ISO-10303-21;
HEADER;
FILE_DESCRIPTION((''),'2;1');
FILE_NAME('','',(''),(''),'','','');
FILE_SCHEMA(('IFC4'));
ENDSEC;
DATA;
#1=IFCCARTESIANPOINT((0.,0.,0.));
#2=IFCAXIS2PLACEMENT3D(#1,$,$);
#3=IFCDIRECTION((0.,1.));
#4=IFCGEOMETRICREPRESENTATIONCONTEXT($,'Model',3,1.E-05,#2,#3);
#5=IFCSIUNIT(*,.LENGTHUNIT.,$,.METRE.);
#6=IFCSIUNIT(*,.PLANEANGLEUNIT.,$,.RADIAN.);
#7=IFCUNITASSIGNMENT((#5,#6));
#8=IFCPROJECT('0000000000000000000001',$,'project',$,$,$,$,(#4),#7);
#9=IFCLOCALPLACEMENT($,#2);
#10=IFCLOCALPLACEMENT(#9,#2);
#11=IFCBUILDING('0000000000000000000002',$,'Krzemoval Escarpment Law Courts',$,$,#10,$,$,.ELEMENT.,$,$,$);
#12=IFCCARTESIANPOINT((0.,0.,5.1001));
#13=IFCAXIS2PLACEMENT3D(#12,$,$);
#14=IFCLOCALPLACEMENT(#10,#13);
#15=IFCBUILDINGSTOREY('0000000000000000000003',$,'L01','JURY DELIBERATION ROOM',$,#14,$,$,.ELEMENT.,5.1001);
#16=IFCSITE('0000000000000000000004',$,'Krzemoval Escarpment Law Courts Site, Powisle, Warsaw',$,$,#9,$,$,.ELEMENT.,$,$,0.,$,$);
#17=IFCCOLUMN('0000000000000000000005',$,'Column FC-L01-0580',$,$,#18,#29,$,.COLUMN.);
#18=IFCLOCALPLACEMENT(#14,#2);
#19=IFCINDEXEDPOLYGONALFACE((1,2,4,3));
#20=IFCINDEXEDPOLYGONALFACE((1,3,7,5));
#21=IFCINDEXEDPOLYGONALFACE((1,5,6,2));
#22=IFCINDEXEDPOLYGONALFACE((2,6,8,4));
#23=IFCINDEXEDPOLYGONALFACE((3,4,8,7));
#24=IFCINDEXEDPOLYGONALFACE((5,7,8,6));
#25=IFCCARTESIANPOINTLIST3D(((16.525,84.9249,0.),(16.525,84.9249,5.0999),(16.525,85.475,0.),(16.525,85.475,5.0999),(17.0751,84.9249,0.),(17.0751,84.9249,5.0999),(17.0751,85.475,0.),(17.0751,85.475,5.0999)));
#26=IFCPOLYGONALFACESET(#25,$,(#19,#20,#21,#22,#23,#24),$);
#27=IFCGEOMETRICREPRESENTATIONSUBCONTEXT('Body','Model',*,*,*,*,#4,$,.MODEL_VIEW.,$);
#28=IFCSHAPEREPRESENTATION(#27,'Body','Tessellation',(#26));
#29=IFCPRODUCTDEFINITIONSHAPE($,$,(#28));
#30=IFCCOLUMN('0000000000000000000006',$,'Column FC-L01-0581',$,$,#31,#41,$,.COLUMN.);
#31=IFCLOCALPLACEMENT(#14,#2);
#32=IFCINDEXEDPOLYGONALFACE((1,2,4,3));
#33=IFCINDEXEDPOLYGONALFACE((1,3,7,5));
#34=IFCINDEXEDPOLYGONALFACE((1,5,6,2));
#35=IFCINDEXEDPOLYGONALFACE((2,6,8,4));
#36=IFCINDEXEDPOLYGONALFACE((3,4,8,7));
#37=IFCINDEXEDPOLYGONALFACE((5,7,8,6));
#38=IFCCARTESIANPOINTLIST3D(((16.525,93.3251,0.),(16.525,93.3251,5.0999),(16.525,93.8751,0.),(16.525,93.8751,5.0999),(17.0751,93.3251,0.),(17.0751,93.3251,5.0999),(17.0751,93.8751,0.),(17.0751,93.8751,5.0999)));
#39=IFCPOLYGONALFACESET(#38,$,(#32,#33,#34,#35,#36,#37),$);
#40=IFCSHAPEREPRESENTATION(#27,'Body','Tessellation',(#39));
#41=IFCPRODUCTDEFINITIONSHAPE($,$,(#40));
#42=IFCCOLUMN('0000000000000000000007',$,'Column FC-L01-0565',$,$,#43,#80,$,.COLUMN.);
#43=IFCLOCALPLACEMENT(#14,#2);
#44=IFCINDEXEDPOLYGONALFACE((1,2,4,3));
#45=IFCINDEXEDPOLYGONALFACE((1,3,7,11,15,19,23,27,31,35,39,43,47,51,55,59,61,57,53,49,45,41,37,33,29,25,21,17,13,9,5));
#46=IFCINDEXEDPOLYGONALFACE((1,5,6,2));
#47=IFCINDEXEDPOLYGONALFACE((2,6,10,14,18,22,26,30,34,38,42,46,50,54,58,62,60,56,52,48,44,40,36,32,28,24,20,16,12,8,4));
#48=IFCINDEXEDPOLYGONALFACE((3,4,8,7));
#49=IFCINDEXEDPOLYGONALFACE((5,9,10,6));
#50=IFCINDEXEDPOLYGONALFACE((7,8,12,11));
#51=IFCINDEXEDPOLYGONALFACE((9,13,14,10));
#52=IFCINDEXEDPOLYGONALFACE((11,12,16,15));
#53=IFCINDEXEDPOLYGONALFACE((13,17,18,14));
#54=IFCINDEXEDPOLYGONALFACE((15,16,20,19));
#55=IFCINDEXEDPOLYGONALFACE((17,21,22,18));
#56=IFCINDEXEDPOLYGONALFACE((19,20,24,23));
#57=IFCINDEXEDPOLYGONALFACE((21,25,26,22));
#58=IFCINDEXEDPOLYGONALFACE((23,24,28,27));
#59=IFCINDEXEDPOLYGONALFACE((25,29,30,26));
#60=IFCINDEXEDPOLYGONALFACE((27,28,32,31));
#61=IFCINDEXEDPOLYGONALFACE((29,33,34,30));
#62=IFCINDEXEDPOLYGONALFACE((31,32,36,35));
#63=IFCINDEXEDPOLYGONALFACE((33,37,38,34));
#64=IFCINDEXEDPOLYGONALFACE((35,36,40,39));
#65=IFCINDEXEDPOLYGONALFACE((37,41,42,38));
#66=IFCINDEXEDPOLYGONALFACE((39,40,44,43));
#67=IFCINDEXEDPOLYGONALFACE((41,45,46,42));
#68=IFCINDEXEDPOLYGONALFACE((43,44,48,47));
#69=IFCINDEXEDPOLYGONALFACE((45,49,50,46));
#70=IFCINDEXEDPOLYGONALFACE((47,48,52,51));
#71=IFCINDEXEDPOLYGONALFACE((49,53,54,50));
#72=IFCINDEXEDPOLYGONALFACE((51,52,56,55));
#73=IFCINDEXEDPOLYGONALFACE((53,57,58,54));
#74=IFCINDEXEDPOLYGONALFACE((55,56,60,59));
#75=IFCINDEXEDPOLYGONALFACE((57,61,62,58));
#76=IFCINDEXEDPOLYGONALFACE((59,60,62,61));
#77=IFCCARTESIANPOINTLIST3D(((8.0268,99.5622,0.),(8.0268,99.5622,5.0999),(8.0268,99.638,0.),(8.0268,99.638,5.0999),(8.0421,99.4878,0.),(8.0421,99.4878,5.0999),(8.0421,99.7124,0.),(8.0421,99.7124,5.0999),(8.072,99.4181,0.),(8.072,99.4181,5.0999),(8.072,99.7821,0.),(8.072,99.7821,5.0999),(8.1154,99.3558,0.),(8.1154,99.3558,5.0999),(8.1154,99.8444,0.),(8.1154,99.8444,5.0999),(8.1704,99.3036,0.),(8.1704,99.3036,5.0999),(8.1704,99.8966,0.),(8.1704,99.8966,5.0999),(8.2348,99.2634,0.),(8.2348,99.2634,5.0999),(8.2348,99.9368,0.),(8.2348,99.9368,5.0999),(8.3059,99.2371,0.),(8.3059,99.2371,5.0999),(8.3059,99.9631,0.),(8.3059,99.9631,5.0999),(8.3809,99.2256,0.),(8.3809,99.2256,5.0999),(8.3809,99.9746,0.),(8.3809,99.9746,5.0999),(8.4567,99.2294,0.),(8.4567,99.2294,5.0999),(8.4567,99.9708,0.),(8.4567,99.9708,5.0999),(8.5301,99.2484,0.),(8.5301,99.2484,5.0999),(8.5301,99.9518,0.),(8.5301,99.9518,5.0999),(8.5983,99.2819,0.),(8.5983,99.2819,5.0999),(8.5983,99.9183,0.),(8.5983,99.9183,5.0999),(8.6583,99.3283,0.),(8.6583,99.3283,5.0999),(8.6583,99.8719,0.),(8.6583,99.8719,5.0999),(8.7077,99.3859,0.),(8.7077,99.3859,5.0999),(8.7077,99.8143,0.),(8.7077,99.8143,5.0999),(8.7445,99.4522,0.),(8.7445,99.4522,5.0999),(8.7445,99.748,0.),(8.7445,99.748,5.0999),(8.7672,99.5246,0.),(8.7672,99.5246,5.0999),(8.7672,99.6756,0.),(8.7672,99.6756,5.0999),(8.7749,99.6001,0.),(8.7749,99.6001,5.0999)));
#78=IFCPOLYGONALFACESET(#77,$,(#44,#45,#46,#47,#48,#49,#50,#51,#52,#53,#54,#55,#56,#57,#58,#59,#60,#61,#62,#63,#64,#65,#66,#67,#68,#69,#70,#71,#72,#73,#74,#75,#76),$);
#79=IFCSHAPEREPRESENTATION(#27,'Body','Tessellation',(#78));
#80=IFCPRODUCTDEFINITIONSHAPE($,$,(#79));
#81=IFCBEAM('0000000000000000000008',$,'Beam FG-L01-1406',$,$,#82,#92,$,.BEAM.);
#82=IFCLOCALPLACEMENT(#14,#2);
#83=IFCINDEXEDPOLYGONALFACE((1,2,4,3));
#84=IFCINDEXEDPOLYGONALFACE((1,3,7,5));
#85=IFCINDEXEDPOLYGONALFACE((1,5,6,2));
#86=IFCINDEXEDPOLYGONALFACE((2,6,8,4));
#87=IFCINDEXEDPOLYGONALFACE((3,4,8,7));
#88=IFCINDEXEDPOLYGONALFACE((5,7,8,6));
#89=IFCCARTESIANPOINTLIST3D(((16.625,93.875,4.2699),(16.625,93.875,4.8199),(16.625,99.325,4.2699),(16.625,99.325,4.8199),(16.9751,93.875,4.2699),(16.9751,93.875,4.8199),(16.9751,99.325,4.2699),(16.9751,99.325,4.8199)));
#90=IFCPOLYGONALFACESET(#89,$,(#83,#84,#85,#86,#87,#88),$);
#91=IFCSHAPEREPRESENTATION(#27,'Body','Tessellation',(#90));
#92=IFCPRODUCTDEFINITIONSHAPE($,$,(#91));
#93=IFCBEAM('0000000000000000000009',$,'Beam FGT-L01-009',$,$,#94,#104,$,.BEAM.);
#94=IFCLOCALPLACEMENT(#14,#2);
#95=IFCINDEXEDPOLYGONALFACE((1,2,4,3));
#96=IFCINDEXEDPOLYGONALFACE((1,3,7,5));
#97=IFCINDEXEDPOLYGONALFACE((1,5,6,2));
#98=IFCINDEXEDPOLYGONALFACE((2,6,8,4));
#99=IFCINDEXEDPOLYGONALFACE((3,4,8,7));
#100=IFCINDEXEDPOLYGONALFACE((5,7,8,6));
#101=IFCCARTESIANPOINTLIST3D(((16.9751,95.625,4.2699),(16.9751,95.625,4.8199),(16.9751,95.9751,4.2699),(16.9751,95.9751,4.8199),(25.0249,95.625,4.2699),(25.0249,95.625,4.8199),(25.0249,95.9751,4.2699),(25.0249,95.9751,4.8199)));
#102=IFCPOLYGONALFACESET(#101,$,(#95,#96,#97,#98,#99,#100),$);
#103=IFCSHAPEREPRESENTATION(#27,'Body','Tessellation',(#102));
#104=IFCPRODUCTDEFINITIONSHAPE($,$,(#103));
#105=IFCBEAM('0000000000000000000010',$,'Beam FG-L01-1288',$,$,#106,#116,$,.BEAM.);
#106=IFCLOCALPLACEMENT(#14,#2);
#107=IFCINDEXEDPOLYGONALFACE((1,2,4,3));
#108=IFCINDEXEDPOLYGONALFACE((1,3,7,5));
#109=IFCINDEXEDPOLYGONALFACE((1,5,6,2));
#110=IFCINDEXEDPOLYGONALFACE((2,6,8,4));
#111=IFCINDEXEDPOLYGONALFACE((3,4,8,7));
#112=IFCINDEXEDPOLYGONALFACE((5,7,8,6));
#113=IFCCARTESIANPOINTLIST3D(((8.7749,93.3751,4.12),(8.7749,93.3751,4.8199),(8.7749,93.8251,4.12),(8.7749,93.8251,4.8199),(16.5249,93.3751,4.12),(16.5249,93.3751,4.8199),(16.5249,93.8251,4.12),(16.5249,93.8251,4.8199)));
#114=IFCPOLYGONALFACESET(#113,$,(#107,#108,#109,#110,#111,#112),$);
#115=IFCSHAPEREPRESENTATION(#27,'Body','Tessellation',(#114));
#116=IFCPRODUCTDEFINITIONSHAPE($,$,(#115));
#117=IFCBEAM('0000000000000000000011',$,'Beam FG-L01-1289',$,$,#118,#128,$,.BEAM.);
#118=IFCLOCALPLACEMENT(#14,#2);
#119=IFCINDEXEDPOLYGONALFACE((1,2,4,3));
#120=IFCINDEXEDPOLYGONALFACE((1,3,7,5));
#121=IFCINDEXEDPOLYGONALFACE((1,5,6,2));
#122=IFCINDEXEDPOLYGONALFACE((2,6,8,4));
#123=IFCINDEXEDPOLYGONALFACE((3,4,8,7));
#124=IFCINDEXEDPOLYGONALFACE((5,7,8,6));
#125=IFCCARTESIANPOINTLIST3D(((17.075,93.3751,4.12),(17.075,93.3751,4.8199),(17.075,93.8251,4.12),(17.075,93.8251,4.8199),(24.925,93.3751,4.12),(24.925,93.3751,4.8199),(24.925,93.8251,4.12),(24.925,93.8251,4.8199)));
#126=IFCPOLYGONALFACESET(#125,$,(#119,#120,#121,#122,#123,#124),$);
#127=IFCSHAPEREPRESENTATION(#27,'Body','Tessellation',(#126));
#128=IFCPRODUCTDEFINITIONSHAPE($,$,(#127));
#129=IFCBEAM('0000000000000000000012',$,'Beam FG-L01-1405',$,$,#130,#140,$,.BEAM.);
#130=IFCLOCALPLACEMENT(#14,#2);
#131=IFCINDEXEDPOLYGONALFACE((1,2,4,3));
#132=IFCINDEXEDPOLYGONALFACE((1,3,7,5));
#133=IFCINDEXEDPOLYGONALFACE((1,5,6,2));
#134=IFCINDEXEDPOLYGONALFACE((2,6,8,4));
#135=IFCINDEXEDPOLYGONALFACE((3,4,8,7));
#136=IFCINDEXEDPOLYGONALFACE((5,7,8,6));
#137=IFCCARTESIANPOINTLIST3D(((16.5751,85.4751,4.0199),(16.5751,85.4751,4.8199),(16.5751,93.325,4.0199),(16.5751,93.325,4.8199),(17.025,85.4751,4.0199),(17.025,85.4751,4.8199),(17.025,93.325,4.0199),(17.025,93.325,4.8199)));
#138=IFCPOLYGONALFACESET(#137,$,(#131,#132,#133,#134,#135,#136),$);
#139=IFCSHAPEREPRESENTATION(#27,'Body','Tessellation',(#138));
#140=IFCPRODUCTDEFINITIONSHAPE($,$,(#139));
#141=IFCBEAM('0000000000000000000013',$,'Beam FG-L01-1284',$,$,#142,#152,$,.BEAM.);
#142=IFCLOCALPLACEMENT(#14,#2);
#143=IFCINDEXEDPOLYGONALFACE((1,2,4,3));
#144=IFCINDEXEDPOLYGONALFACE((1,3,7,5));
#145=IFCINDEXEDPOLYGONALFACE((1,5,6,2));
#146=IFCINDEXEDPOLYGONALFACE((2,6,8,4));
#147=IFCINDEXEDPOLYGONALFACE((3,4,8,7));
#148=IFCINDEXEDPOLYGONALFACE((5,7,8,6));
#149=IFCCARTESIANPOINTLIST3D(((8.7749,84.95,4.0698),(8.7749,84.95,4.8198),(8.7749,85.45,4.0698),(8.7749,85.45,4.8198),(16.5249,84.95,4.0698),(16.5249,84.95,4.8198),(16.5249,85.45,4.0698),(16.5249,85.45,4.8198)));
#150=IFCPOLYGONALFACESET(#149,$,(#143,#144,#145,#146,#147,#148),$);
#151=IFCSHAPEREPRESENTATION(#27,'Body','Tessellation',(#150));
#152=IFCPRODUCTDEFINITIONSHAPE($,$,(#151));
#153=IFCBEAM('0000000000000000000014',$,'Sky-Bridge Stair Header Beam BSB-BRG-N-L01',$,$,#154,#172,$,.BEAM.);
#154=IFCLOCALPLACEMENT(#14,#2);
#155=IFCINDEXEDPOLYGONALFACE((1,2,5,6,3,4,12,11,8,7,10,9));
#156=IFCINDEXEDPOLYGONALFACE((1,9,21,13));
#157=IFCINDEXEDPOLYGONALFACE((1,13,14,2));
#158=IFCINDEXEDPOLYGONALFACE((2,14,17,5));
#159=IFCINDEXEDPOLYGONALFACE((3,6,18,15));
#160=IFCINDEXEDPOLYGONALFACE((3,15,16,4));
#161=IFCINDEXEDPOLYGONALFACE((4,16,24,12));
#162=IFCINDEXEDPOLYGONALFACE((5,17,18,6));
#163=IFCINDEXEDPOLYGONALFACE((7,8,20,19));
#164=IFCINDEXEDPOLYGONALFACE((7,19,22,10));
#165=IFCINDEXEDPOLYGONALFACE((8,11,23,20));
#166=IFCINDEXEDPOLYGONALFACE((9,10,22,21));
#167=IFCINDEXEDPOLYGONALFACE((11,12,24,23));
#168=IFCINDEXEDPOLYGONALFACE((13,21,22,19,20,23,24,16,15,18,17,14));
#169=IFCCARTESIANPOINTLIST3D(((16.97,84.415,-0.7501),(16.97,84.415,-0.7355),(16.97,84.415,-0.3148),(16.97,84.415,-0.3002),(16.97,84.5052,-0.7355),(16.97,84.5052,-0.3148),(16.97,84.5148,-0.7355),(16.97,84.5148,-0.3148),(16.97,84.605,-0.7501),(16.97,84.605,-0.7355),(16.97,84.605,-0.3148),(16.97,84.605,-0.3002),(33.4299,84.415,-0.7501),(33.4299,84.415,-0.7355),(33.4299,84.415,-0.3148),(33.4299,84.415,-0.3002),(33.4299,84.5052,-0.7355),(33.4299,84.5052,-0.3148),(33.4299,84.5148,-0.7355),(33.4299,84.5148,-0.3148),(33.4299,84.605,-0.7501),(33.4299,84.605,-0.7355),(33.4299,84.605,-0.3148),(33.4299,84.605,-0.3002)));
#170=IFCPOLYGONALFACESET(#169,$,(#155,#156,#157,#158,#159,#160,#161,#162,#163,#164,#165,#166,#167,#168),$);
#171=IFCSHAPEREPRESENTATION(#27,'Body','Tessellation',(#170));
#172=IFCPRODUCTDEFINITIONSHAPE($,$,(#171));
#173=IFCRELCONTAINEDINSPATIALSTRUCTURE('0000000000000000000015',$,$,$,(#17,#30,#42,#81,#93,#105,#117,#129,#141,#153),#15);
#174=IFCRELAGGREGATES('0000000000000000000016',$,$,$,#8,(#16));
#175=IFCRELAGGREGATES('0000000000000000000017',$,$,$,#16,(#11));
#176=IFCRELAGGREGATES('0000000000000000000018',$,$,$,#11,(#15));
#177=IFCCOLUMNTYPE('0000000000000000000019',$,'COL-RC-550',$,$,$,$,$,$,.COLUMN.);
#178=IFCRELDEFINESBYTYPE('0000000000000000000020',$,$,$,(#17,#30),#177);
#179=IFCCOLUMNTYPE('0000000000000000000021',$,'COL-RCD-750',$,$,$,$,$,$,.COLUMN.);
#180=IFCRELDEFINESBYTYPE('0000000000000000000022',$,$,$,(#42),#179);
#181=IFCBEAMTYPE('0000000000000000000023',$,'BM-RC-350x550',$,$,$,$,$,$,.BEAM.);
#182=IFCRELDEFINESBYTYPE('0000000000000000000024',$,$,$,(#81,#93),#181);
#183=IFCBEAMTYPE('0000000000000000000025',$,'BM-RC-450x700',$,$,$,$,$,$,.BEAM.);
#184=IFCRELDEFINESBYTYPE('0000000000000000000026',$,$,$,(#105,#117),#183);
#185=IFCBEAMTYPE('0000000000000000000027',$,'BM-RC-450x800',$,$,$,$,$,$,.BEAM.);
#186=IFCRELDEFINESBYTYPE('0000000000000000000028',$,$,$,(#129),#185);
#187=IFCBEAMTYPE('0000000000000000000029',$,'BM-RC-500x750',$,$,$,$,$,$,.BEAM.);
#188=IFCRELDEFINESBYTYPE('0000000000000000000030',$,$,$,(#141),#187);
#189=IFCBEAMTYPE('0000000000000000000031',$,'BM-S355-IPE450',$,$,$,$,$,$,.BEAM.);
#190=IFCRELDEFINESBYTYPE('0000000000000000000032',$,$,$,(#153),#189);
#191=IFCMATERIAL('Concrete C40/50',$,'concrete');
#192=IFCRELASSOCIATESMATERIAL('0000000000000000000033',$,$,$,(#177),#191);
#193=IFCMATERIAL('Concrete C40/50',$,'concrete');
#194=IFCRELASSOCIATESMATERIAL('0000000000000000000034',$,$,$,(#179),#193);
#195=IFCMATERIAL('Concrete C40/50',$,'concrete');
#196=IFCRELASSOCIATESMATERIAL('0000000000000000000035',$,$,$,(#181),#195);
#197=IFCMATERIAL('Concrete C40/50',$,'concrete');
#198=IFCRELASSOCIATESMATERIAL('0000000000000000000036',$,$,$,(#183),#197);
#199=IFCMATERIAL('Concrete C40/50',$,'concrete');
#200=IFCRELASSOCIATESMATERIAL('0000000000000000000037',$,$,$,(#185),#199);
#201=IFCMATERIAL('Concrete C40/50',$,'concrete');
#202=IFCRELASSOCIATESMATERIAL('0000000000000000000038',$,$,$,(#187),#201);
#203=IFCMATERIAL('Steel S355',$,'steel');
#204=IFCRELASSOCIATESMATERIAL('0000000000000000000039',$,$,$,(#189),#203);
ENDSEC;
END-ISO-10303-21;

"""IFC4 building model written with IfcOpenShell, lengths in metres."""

from ifc_helpers import new_model, si_unit, direction, frame, origin, origin_2d, place, context, subcontext, project, spatial, rectangle, circle, i_section, extrude, material, material_profile, profile_set, type_object, element, save


model = new_model("IFC4")

# Units and contexts
model_context = context("Model", 3, precision=1e-05, world=origin(), true_north=direction((0.0, 1.0)))
body_context = subcontext(model_context, "Body", "Model", "MODEL_VIEW")
ifc_project = project(units=[si_unit("LENGTHUNIT", "METRE"), si_unit("PLANEANGLEUNIT", "RADIAN")], contexts=[model_context])

# Site, building, storey
site_placement = place(None, origin())
site = spatial("IfcSite", under=ifc_project, at=site_placement, Name="Krzemoval Escarpment Law Courts Site, Powisle, Warsaw", CompositionType="ELEMENT", RefElevation=0.0)
building_placement = place(site_placement, origin())
building = spatial("IfcBuilding", under=site, at=building_placement, Name="Krzemoval Escarpment Law Courts", CompositionType="ELEMENT")
storey_placement = place(building_placement, frame((0.0, 0.0, 5.1001)))
storey = spatial("IfcBuildingStorey", under=building, at=storey_placement, Name="L01", Description="JURY DELIBERATION ROOM", CompositionType="ELEMENT", Elevation=5.1001)

# Columns
ifc_material_1 = material(Name="Concrete C40/50", Category="concrete")
ifc_material_profile_1 = material_profile(ifc_material_1, rectangle(XDim=0.55, YDim=0.55, at=origin_2d()), Name="RC 550x550")
ifc_profile_set_1 = profile_set([ifc_material_profile_1], Name="Concrete C40/50")
column_type_1 = type_object("IfcColumnType", Name="COL-RC-550", PredefinedType="COLUMN", material=ifc_profile_set_1)
for number, where, z_axis, x_axis, name in (
    (1, (16.8, 85.2, 0.0), (0.0, 0.0, 1.0), (1.0, 0.0, 0.0), "Column FC-L01-0580"),
    (2, (16.8, 93.6001, 0.0), (0.0, 0.0, 1.0), (1.0, 0.0, 0.0), "Column FC-L01-0581"),
):
    element("IfcColumn", number, at=place(storey_placement, frame(where, z_axis=z_axis, x_axis=x_axis)), inside=storey, type_object=column_type_1, Name=name, PredefinedType="COLUMN", context=body_context, shape_type="SweptSolid", body=[
        extrude(rectangle(XDim=0.55, YDim=0.55, at=origin_2d()), origin(), (0.0, 0.0, 1.0), 5.0999),
    ])
ifc_material_2 = material(Name="Concrete C40/50", Category="concrete")
ifc_material_profile_2 = material_profile(ifc_material_2, circle(Radius=0.375, at=origin_2d()), Name="RC D750")
ifc_profile_set_2 = profile_set([ifc_material_profile_2], Name="Concrete C40/50")
column_type_2 = type_object("IfcColumnType", Name="COL-RCD-750", PredefinedType="COLUMN", material=ifc_profile_set_2)
column_placement = place(storey_placement, frame((8.3999, 99.6001, 0.0), z_axis=(0.0, 0.0, 1.0), x_axis=(1.0, 0.0, 0.0)))
element("IfcColumn", 3, at=column_placement, inside=storey, type_object=column_type_2, Name="Column FC-L01-0565", PredefinedType="COLUMN", context=body_context, shape_type="SweptSolid", body=[
    extrude(circle(Radius=0.375, at=origin_2d()), origin(), (0.0, 0.0, 1.0), 5.0999),
])

# Beams
ifc_material_3 = material(Name="Concrete C40/50", Category="concrete")
ifc_material_profile_3 = material_profile(ifc_material_3, rectangle(XDim=0.3501, YDim=0.55, at=origin_2d()), Name="RCB 350x550")
ifc_profile_set_3 = profile_set([ifc_material_profile_3], Name="Concrete C40/50")
beam_type_1 = type_object("IfcBeamType", Name="BM-RC-350x550", PredefinedType="BEAM", material=ifc_profile_set_3)
beam_1_placement = place(storey_placement, frame((16.8, 93.875, 4.5449), z_axis=(0.0, 1.0, 0.0), x_axis=(-1.0, 0.0, 0.0)))
element("IfcBeam", 4, at=beam_1_placement, inside=storey, type_object=beam_type_1, Name="Beam FG-L01-1406", PredefinedType="BEAM", context=body_context, shape_type="SweptSolid", body=[
    extrude(rectangle(XDim=0.3501, YDim=0.55, at=origin_2d()), origin(), (0.0, 0.0, 1.0), 5.45),
])
beam_2_placement = place(storey_placement, frame((16.9751, 95.8, 4.5449), z_axis=(1.0, 0.0, 0.0), x_axis=(0.0, 1.0, 0.0)))
element("IfcBeam", 5, at=beam_2_placement, inside=storey, type_object=beam_type_1, Name="Beam FGT-L01-009", PredefinedType="BEAM", context=body_context, shape_type="SweptSolid", body=[
    extrude(rectangle(XDim=0.3501, YDim=0.55, at=origin_2d()), origin(), (0.0, 0.0, 1.0), 8.0498),
])
ifc_material_4 = material(Name="Concrete C40/50", Category="concrete")
ifc_material_profile_4 = material_profile(ifc_material_4, rectangle(XDim=0.45, YDim=0.7, at=origin_2d()), Name="RCB 450x700")
ifc_profile_set_4 = profile_set([ifc_material_profile_4], Name="Concrete C40/50")
beam_type_2 = type_object("IfcBeamType", Name="BM-RC-450x700", PredefinedType="BEAM", material=ifc_profile_set_4)
beam_3_placement = place(storey_placement, frame((8.7749, 93.6001, 4.47), z_axis=(1.0, 0.0, 0.0), x_axis=(0.0, 1.0, 0.0)))
element("IfcBeam", 6, at=beam_3_placement, inside=storey, type_object=beam_type_2, Name="Beam FG-L01-1288", PredefinedType="BEAM", context=body_context, shape_type="SweptSolid", body=[
    extrude(rectangle(XDim=0.45, YDim=0.7, at=origin_2d()), origin(), (0.0, 0.0, 1.0), 7.75),
])
beam_4_placement = place(storey_placement, frame((17.075, 93.6001, 4.47), z_axis=(1.0, 0.0, 0.0), x_axis=(0.0, 1.0, 0.0)))
element("IfcBeam", 7, at=beam_4_placement, inside=storey, type_object=beam_type_2, Name="Beam FG-L01-1289", PredefinedType="BEAM", context=body_context, shape_type="SweptSolid", body=[
    extrude(rectangle(XDim=0.45, YDim=0.7, at=origin_2d()), origin(), (0.0, 0.0, 1.0), 7.8501),
])
ifc_material_5 = material(Name="Concrete C40/50", Category="concrete")
ifc_material_profile_5 = material_profile(ifc_material_5, rectangle(XDim=0.45, YDim=0.8, at=origin_2d()), Name="RCB 450x800")
ifc_profile_set_5 = profile_set([ifc_material_profile_5], Name="Concrete C40/50")
beam_type_3 = type_object("IfcBeamType", Name="BM-RC-450x800", PredefinedType="BEAM", material=ifc_profile_set_5)
beam_5_placement = place(storey_placement, frame((16.8, 85.4751, 4.4199), z_axis=(0.0, 1.0, 0.0), x_axis=(-1.0, 0.0, 0.0)))
element("IfcBeam", 8, at=beam_5_placement, inside=storey, type_object=beam_type_3, Name="Beam FG-L01-1405", PredefinedType="BEAM", context=body_context, shape_type="SweptSolid", body=[
    extrude(rectangle(XDim=0.45, YDim=0.8, at=origin_2d()), origin(), (0.0, 0.0, 1.0), 7.8499),
])
ifc_material_6 = material(Name="Concrete C40/50", Category="concrete")
ifc_material_profile_6 = material_profile(ifc_material_6, rectangle(XDim=0.5, YDim=0.75, at=origin_2d()), Name="RCB 500x750")
ifc_profile_set_6 = profile_set([ifc_material_profile_6], Name="Concrete C40/50")
beam_type_4 = type_object("IfcBeamType", Name="BM-RC-500x750", PredefinedType="BEAM", material=ifc_profile_set_6)
beam_6_placement = place(storey_placement, frame((8.7749, 85.2, 4.4448), z_axis=(1.0, 0.0, 0.0), x_axis=(0.0, 1.0, 0.0)))
element("IfcBeam", 9, at=beam_6_placement, inside=storey, type_object=beam_type_4, Name="Beam FG-L01-1284", PredefinedType="BEAM", context=body_context, shape_type="SweptSolid", body=[
    extrude(rectangle(XDim=0.5, YDim=0.75, at=origin_2d()), origin(), (0.0, 0.0, 1.0), 7.75),
])
ifc_material_7 = material(Name="Steel S355", Category="steel")
ifc_material_profile_7 = material_profile(ifc_material_7, i_section(OverallWidth=0.1899, OverallDepth=0.45, WebThickness=0.0095, FlangeThickness=0.0146, at=origin_2d()), Name="IPE 450")
ifc_profile_set_7 = profile_set([ifc_material_profile_7], Name="Steel S355")
beam_type_5 = type_object("IfcBeamType", Name="BM-S355-IPE450", PredefinedType="BEAM", material=ifc_profile_set_7)
beam_7_placement = place(storey_placement, frame((16.97, 84.51, -0.5251), z_axis=(1.0, 0.0, 0.0), x_axis=(0.0, 1.0, 0.0)))
element("IfcBeam", 10, at=beam_7_placement, inside=storey, type_object=beam_type_5, Name="Sky-Bridge Stair Header Beam BSB-BRG-N-L01", PredefinedType="BEAM", context=body_context, shape_type="SweptSolid", body=[
    extrude(i_section(OverallWidth=0.1899, OverallDepth=0.45, WebThickness=0.0095, FlangeThickness=0.0146, at=origin_2d()), origin(), (0.0, 0.0, 1.0), 16.46),
])

save(model, "model.ifc")
